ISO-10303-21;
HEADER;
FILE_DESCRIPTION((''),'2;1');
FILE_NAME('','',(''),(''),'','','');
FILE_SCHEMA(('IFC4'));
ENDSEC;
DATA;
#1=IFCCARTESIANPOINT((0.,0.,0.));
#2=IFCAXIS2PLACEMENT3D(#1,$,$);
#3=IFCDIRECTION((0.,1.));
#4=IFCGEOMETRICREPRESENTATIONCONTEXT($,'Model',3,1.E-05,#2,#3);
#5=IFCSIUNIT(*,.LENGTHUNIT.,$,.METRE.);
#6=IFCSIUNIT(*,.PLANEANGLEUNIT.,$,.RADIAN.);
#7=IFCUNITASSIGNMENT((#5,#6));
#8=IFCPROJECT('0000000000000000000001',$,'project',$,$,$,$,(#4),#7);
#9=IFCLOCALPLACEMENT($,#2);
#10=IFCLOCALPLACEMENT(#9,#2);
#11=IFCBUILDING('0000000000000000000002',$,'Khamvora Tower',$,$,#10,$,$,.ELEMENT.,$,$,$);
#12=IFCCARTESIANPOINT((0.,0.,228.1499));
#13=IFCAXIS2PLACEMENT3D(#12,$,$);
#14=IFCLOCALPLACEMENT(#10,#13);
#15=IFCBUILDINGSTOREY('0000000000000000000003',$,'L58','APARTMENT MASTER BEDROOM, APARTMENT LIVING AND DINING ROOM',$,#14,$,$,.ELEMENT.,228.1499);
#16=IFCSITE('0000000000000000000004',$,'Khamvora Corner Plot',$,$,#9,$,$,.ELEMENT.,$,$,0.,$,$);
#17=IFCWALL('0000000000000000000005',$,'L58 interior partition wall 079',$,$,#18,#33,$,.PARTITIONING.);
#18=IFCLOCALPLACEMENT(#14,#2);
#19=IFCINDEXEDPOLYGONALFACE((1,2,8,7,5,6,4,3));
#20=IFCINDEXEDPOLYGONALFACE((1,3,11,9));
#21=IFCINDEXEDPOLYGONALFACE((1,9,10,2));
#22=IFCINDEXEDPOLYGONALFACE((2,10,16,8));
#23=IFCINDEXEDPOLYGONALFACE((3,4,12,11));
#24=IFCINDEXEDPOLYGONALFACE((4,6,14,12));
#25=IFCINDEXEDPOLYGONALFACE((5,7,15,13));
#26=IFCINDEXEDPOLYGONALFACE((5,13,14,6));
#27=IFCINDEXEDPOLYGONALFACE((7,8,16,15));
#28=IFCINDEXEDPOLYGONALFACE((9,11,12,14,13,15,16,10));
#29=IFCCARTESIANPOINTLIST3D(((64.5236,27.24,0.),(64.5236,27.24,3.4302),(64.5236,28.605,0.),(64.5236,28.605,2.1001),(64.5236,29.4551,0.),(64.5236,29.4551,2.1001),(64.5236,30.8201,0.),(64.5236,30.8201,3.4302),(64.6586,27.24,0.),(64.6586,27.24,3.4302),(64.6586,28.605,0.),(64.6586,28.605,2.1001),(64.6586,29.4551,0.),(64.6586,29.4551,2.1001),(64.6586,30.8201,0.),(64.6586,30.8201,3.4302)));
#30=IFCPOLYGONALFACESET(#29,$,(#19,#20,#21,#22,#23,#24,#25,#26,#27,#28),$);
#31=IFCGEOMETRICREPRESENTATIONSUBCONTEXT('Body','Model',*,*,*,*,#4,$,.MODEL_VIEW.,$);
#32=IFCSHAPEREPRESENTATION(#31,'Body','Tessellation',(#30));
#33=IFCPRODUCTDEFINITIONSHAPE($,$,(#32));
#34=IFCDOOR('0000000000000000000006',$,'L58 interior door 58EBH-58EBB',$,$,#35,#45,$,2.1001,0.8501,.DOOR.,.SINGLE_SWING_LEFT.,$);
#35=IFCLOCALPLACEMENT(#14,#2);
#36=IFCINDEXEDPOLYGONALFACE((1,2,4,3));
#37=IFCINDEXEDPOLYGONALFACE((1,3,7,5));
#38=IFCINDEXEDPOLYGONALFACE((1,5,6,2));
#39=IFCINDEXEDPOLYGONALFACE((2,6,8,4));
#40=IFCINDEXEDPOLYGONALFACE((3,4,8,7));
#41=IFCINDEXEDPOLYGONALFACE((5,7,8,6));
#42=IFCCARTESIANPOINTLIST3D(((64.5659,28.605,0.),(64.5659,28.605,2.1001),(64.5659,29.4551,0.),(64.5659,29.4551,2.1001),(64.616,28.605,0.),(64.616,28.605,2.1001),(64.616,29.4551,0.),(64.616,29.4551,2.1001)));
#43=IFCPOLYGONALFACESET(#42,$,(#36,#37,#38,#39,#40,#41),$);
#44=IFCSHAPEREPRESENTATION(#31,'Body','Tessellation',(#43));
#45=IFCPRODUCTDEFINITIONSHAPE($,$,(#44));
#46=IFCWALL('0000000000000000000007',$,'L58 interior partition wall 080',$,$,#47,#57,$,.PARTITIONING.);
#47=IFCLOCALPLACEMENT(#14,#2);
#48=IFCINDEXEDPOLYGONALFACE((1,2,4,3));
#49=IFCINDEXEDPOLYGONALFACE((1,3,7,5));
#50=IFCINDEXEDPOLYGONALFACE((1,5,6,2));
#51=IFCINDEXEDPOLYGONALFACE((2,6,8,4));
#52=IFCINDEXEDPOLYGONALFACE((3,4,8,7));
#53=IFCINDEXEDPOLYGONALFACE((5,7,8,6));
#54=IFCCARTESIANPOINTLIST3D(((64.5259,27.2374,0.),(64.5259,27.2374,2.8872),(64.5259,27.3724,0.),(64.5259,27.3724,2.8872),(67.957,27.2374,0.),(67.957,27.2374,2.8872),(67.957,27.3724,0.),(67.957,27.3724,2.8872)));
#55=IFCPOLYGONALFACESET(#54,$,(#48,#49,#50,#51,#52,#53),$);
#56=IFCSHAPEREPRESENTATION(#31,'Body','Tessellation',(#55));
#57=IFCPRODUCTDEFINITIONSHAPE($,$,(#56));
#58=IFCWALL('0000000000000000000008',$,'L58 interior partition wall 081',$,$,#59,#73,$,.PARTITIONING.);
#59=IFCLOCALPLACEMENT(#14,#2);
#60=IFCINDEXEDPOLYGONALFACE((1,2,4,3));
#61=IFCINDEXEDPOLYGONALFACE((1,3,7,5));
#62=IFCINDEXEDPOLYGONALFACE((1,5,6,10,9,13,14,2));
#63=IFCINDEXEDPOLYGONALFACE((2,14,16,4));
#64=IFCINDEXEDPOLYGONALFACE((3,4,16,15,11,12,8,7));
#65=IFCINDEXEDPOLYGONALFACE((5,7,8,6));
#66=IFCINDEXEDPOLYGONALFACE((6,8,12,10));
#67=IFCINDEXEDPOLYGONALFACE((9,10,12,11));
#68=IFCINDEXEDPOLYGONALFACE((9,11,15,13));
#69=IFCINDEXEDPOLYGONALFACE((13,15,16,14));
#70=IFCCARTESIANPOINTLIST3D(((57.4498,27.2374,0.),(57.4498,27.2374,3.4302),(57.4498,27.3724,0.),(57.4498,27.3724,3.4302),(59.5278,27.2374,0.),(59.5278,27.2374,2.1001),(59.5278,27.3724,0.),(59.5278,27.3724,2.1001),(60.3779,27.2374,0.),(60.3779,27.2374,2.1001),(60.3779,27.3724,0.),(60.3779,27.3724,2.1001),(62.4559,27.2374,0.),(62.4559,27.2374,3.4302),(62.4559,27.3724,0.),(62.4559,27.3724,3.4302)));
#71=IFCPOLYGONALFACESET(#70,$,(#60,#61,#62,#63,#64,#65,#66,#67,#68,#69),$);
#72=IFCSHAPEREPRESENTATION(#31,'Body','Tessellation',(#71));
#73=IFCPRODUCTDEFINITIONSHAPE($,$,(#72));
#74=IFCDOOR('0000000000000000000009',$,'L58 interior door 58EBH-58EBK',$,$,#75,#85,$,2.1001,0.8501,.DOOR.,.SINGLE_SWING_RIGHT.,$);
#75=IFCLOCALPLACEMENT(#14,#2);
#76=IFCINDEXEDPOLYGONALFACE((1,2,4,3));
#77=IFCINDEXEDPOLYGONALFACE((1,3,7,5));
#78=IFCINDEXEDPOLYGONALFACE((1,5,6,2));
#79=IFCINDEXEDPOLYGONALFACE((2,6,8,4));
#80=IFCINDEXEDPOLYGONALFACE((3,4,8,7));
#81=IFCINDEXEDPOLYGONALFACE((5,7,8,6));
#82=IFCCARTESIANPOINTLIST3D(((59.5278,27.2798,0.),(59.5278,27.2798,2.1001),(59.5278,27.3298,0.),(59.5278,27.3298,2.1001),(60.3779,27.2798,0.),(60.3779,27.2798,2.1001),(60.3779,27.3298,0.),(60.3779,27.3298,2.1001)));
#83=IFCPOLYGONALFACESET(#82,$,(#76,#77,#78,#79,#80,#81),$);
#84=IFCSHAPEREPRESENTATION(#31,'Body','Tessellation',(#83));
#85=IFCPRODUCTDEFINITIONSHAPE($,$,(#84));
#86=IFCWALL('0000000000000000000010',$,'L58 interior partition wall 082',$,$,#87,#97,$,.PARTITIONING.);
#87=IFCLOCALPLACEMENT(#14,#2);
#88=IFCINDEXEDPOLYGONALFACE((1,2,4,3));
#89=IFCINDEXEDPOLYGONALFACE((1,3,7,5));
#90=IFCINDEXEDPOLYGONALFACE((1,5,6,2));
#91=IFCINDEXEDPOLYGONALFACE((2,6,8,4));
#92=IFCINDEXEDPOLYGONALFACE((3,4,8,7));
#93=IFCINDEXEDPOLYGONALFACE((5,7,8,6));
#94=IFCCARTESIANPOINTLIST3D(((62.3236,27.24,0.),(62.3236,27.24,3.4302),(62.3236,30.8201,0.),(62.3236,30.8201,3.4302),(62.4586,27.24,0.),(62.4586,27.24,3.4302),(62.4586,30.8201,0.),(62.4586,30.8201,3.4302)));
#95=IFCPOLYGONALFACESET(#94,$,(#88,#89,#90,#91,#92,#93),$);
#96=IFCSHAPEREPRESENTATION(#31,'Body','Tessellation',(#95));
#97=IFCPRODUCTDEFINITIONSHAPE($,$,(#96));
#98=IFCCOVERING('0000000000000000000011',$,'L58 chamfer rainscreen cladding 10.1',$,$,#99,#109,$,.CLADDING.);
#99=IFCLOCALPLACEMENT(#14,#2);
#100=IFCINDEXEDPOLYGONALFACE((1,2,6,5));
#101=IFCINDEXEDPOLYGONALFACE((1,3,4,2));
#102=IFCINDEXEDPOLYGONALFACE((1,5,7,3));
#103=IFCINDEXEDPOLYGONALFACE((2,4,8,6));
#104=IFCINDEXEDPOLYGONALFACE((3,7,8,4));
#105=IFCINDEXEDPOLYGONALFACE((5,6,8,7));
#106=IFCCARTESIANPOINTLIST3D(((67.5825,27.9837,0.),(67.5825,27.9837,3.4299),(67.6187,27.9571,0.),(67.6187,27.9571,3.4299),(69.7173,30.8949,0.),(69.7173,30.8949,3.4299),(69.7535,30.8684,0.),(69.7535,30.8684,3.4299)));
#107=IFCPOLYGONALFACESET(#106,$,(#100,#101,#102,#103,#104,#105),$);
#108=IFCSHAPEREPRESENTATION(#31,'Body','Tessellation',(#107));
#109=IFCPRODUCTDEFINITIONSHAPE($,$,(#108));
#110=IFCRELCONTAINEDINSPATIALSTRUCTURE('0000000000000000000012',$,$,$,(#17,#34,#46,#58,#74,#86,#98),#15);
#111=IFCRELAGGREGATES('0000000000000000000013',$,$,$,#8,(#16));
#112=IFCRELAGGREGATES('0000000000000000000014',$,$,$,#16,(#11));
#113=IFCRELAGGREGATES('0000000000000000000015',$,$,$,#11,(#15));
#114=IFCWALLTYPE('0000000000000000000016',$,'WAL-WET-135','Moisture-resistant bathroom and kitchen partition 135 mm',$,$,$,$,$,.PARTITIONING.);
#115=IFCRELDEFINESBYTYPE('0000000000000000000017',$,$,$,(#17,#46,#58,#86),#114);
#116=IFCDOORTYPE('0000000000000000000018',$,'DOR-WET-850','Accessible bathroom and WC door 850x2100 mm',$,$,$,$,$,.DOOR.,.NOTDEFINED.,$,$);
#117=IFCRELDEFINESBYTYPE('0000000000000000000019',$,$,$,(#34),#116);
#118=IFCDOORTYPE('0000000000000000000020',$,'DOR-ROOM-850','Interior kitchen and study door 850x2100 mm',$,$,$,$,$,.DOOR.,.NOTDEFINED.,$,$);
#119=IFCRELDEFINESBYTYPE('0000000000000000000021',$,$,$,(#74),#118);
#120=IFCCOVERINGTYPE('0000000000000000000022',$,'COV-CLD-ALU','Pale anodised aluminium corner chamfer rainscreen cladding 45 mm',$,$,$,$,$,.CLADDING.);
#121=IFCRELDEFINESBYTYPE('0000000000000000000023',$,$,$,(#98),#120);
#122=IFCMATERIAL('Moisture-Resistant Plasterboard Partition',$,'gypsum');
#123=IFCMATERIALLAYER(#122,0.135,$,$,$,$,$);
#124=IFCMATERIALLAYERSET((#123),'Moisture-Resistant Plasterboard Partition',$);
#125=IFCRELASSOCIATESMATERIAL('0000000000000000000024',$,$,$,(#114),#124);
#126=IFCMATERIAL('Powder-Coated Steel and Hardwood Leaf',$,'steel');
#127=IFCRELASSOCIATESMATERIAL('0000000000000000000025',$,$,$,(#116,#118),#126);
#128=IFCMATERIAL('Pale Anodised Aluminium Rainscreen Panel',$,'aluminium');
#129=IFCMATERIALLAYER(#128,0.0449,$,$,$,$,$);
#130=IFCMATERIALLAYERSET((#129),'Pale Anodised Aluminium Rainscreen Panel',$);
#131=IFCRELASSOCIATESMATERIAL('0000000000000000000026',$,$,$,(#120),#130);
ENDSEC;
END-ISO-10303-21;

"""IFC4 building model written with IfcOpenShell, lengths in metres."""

from ifc_helpers import new_model, si_unit, direction, frame, frame_2d, origin, origin_2d, place, context, subcontext, project, spatial, rectangle, extrude, material, layer, layer_set, type_object, element, fill, save


model = new_model("IFC4")

# Units and contexts
model_context = context("Model", 3, precision=1e-05, world=origin(), true_north=direction((0.0, 1.0)))
body_context = subcontext(model_context, "Body", "Model", "MODEL_VIEW")
ifc_project = project(units=[si_unit("LENGTHUNIT", "METRE"), si_unit("PLANEANGLEUNIT", "RADIAN")], contexts=[model_context])

# Site, building, storey
site_placement = place(None, origin())
site = spatial("IfcSite", under=ifc_project, at=site_placement, Name="Khamvora Corner Plot", CompositionType="ELEMENT", RefElevation=0.0)
building_placement = place(site_placement, origin())
building = spatial("IfcBuilding", under=site, at=building_placement, Name="Khamvora Tower", CompositionType="ELEMENT")
storey_placement = place(building_placement, frame((0.0, 0.0, 228.1499)))
storey = spatial("IfcBuildingStorey", under=building, at=storey_placement, Name="L58", Description="APARTMENT MASTER BEDROOM, APARTMENT LIVING AND DINING ROOM", CompositionType="ELEMENT", Elevation=228.1499)

# Shared definitions
ifc_material_1 = material(Name="Powder-Coated Steel and Hardwood Leaf", Category="steel")

# Wall, opening, door
ifc_material_2 = material(Name="Moisture-Resistant Plasterboard Partition", Category="gypsum")
ifc_layer_1 = layer(ifc_material_2, 0.135)
ifc_layer_set_1 = layer_set([ifc_layer_1], Name="Moisture-Resistant Plasterboard Partition")
wall_type_1 = type_object("IfcWallType", Name="WAL-WET-135", Description="Moisture-resistant bathroom and kitchen partition 135 mm", PredefinedType="PARTITIONING", material=ifc_layer_set_1)
wall_1_placement = place(storey_placement, frame((64.5911, 30.8201, 0.0), z_axis=(0.0, 0.0, 1.0), x_axis=(0.0, -1.0, 0.0)))
wall_1 = element("IfcWall", 1, at=wall_1_placement, inside=storey, type_object=wall_type_1, Name="L58 interior partition wall 079", PredefinedType="PARTITIONING", context=body_context, shape_type="SweptSolid", body=[
    extrude(rectangle(XDim=3.5801, YDim=0.135, at=frame_2d((1.79, 0.0))), origin(), (0.0, 0.0, 1.0), 3.4302),
])
opening_1_placement = place(wall_1_placement, frame((1.365, 0.0, 0.0)))
opening_1 = element("IfcOpeningElement", 2, at=opening_1_placement, cuts=wall_1, PredefinedType="OPENING", context=body_context, shape_type="SweptSolid", body=[
    extrude(rectangle(XDim=0.8501, YDim=2.1001, at=frame_2d((0.425, 1.05))), frame((0.0, 0.0774, 0.0), z_axis=(0.0, -1.0, 0.0), x_axis=(1.0, 0.0, 0.0)), (0.0, 0.0, 1.0), 0.155),
])
door_type_1 = type_object("IfcDoorType", Name="DOR-WET-850", Description="Accessible bathroom and WC door 850x2100 mm", OperationType="NOTDEFINED", PredefinedType="DOOR", material=ifc_material_1)
door_1_placement = place(opening_1_placement, origin())
door_1 = element("IfcDoor", 3, at=door_1_placement, inside=storey, type_object=door_type_1, Name="L58 interior door 58EBH-58EBB", OperationType="SINGLE_SWING_LEFT", OverallHeight=2.1001, OverallWidth=0.8501, PredefinedType="DOOR", context=body_context, shape_type="SweptSolid", body=[
    extrude(rectangle(XDim=0.8501, YDim=2.1001, at=frame_2d((0.425, 1.05))), frame((0.0, 0.0249, 0.0), z_axis=(0.0, -1.0, 0.0), x_axis=(1.0, 0.0, 0.0)), (0.0, 0.0, 1.0), 0.05),
])
fill(opening_1, door_1)

# Wall
wall_2_placement = place(storey_placement, frame((64.5259, 27.3049, 0.0), z_axis=(0.0, 0.0, 1.0), x_axis=(1.0, 0.0, 0.0)))
element("IfcWall", 4, at=wall_2_placement, inside=storey, type_object=wall_type_1, Name="L58 interior partition wall 080", PredefinedType="PARTITIONING", context=body_context, shape_type="SweptSolid", body=[
    extrude(rectangle(XDim=3.4312, YDim=0.135, at=frame_2d((1.7156, 0.0))), origin(), (0.0, 0.0, 1.0), 2.8872),
])

# Wall, opening, door
wall_3_placement = place(storey_placement, frame((57.45, 27.3049, 0.0), z_axis=(0.0, 0.0, 1.0), x_axis=(1.0, 0.0, 0.0)))
wall_3 = element("IfcWall", 5, at=wall_3_placement, inside=storey, type_object=wall_type_1, Name="L58 interior partition wall 081", PredefinedType="PARTITIONING", context=body_context, shape_type="SweptSolid", body=[
    extrude(rectangle(XDim=5.0061, YDim=0.135, at=frame_2d((2.5029, 0.0))), origin(), (0.0, 0.0, 1.0), 3.4302),
])
opening_2_placement = place(wall_3_placement, frame((2.0779, 0.0, 0.0)))
opening_2 = element("IfcOpeningElement", 6, at=opening_2_placement, cuts=wall_3, PredefinedType="OPENING", context=body_context, shape_type="SweptSolid", body=[
    extrude(rectangle(XDim=0.8501, YDim=2.1001, at=frame_2d((0.425, 1.05))), frame((0.0, 0.0774, 0.0), z_axis=(0.0, -1.0, 0.0), x_axis=(1.0, 0.0, 0.0)), (0.0, 0.0, 1.0), 0.155),
])
door_type_2 = type_object("IfcDoorType", Name="DOR-ROOM-850", Description="Interior kitchen and study door 850x2100 mm", OperationType="NOTDEFINED", PredefinedType="DOOR", material=ifc_material_1)
door_2_placement = place(opening_2_placement, origin())
door_2 = element("IfcDoor", 7, at=door_2_placement, inside=storey, type_object=door_type_2, Name="L58 interior door 58EBH-58EBK", OperationType="SINGLE_SWING_RIGHT", OverallHeight=2.1001, OverallWidth=0.8501, PredefinedType="DOOR", context=body_context, shape_type="SweptSolid", body=[
    extrude(rectangle(XDim=0.8501, YDim=2.1001, at=frame_2d((0.425, 1.05))), frame((0.0, 0.0249, 0.0), z_axis=(0.0, -1.0, 0.0), x_axis=(1.0, 0.0, 0.0)), (0.0, 0.0, 1.0), 0.05),
])
fill(opening_2, door_2)

# Wall
wall_4_placement = place(storey_placement, frame((62.3911, 27.24, 0.0), z_axis=(0.0, 0.0, 1.0), x_axis=(0.0, 1.0, 0.0)))
element("IfcWall", 8, at=wall_4_placement, inside=storey, type_object=wall_type_1, Name="L58 interior partition wall 082", PredefinedType="PARTITIONING", context=body_context, shape_type="SweptSolid", body=[
    extrude(rectangle(XDim=3.5801, YDim=0.135, at=frame_2d((1.79, 0.0))), origin(), (0.0, 0.0, 1.0), 3.4302),
])

# Covering
ifc_material_3 = material(Name="Pale Anodised Aluminium Rainscreen Panel", Category="aluminium")
ifc_layer_2 = layer(ifc_material_3, 0.0449)
ifc_layer_set_2 = layer_set([ifc_layer_2], Name="Pale Anodised Aluminium Rainscreen Panel")
covering_type = type_object("IfcCoveringType", Name="COV-CLD-ALU", Description="Pale anodised aluminium corner chamfer rainscreen cladding 45 mm", PredefinedType="CLADDING", material=ifc_layer_set_2)
covering_placement = place(storey_placement, frame((68.668, 29.426, 0.0), z_axis=(0.0, 0.0, 1.0), x_axis=(-0.59134, -0.806422, 0.0)))
element("IfcCovering", 9, at=covering_placement, inside=storey, type_object=covering_type, Name="L58 chamfer rainscreen cladding 10.1", PredefinedType="CLADDING", context=body_context, shape_type="SweptSolid", body=[
    extrude(rectangle(XDim=3.6101, YDim=0.0449, at=origin_2d()), origin(), (0.0, 0.0, 1.0), 3.4299),
])

save(model, "model.ifc")
